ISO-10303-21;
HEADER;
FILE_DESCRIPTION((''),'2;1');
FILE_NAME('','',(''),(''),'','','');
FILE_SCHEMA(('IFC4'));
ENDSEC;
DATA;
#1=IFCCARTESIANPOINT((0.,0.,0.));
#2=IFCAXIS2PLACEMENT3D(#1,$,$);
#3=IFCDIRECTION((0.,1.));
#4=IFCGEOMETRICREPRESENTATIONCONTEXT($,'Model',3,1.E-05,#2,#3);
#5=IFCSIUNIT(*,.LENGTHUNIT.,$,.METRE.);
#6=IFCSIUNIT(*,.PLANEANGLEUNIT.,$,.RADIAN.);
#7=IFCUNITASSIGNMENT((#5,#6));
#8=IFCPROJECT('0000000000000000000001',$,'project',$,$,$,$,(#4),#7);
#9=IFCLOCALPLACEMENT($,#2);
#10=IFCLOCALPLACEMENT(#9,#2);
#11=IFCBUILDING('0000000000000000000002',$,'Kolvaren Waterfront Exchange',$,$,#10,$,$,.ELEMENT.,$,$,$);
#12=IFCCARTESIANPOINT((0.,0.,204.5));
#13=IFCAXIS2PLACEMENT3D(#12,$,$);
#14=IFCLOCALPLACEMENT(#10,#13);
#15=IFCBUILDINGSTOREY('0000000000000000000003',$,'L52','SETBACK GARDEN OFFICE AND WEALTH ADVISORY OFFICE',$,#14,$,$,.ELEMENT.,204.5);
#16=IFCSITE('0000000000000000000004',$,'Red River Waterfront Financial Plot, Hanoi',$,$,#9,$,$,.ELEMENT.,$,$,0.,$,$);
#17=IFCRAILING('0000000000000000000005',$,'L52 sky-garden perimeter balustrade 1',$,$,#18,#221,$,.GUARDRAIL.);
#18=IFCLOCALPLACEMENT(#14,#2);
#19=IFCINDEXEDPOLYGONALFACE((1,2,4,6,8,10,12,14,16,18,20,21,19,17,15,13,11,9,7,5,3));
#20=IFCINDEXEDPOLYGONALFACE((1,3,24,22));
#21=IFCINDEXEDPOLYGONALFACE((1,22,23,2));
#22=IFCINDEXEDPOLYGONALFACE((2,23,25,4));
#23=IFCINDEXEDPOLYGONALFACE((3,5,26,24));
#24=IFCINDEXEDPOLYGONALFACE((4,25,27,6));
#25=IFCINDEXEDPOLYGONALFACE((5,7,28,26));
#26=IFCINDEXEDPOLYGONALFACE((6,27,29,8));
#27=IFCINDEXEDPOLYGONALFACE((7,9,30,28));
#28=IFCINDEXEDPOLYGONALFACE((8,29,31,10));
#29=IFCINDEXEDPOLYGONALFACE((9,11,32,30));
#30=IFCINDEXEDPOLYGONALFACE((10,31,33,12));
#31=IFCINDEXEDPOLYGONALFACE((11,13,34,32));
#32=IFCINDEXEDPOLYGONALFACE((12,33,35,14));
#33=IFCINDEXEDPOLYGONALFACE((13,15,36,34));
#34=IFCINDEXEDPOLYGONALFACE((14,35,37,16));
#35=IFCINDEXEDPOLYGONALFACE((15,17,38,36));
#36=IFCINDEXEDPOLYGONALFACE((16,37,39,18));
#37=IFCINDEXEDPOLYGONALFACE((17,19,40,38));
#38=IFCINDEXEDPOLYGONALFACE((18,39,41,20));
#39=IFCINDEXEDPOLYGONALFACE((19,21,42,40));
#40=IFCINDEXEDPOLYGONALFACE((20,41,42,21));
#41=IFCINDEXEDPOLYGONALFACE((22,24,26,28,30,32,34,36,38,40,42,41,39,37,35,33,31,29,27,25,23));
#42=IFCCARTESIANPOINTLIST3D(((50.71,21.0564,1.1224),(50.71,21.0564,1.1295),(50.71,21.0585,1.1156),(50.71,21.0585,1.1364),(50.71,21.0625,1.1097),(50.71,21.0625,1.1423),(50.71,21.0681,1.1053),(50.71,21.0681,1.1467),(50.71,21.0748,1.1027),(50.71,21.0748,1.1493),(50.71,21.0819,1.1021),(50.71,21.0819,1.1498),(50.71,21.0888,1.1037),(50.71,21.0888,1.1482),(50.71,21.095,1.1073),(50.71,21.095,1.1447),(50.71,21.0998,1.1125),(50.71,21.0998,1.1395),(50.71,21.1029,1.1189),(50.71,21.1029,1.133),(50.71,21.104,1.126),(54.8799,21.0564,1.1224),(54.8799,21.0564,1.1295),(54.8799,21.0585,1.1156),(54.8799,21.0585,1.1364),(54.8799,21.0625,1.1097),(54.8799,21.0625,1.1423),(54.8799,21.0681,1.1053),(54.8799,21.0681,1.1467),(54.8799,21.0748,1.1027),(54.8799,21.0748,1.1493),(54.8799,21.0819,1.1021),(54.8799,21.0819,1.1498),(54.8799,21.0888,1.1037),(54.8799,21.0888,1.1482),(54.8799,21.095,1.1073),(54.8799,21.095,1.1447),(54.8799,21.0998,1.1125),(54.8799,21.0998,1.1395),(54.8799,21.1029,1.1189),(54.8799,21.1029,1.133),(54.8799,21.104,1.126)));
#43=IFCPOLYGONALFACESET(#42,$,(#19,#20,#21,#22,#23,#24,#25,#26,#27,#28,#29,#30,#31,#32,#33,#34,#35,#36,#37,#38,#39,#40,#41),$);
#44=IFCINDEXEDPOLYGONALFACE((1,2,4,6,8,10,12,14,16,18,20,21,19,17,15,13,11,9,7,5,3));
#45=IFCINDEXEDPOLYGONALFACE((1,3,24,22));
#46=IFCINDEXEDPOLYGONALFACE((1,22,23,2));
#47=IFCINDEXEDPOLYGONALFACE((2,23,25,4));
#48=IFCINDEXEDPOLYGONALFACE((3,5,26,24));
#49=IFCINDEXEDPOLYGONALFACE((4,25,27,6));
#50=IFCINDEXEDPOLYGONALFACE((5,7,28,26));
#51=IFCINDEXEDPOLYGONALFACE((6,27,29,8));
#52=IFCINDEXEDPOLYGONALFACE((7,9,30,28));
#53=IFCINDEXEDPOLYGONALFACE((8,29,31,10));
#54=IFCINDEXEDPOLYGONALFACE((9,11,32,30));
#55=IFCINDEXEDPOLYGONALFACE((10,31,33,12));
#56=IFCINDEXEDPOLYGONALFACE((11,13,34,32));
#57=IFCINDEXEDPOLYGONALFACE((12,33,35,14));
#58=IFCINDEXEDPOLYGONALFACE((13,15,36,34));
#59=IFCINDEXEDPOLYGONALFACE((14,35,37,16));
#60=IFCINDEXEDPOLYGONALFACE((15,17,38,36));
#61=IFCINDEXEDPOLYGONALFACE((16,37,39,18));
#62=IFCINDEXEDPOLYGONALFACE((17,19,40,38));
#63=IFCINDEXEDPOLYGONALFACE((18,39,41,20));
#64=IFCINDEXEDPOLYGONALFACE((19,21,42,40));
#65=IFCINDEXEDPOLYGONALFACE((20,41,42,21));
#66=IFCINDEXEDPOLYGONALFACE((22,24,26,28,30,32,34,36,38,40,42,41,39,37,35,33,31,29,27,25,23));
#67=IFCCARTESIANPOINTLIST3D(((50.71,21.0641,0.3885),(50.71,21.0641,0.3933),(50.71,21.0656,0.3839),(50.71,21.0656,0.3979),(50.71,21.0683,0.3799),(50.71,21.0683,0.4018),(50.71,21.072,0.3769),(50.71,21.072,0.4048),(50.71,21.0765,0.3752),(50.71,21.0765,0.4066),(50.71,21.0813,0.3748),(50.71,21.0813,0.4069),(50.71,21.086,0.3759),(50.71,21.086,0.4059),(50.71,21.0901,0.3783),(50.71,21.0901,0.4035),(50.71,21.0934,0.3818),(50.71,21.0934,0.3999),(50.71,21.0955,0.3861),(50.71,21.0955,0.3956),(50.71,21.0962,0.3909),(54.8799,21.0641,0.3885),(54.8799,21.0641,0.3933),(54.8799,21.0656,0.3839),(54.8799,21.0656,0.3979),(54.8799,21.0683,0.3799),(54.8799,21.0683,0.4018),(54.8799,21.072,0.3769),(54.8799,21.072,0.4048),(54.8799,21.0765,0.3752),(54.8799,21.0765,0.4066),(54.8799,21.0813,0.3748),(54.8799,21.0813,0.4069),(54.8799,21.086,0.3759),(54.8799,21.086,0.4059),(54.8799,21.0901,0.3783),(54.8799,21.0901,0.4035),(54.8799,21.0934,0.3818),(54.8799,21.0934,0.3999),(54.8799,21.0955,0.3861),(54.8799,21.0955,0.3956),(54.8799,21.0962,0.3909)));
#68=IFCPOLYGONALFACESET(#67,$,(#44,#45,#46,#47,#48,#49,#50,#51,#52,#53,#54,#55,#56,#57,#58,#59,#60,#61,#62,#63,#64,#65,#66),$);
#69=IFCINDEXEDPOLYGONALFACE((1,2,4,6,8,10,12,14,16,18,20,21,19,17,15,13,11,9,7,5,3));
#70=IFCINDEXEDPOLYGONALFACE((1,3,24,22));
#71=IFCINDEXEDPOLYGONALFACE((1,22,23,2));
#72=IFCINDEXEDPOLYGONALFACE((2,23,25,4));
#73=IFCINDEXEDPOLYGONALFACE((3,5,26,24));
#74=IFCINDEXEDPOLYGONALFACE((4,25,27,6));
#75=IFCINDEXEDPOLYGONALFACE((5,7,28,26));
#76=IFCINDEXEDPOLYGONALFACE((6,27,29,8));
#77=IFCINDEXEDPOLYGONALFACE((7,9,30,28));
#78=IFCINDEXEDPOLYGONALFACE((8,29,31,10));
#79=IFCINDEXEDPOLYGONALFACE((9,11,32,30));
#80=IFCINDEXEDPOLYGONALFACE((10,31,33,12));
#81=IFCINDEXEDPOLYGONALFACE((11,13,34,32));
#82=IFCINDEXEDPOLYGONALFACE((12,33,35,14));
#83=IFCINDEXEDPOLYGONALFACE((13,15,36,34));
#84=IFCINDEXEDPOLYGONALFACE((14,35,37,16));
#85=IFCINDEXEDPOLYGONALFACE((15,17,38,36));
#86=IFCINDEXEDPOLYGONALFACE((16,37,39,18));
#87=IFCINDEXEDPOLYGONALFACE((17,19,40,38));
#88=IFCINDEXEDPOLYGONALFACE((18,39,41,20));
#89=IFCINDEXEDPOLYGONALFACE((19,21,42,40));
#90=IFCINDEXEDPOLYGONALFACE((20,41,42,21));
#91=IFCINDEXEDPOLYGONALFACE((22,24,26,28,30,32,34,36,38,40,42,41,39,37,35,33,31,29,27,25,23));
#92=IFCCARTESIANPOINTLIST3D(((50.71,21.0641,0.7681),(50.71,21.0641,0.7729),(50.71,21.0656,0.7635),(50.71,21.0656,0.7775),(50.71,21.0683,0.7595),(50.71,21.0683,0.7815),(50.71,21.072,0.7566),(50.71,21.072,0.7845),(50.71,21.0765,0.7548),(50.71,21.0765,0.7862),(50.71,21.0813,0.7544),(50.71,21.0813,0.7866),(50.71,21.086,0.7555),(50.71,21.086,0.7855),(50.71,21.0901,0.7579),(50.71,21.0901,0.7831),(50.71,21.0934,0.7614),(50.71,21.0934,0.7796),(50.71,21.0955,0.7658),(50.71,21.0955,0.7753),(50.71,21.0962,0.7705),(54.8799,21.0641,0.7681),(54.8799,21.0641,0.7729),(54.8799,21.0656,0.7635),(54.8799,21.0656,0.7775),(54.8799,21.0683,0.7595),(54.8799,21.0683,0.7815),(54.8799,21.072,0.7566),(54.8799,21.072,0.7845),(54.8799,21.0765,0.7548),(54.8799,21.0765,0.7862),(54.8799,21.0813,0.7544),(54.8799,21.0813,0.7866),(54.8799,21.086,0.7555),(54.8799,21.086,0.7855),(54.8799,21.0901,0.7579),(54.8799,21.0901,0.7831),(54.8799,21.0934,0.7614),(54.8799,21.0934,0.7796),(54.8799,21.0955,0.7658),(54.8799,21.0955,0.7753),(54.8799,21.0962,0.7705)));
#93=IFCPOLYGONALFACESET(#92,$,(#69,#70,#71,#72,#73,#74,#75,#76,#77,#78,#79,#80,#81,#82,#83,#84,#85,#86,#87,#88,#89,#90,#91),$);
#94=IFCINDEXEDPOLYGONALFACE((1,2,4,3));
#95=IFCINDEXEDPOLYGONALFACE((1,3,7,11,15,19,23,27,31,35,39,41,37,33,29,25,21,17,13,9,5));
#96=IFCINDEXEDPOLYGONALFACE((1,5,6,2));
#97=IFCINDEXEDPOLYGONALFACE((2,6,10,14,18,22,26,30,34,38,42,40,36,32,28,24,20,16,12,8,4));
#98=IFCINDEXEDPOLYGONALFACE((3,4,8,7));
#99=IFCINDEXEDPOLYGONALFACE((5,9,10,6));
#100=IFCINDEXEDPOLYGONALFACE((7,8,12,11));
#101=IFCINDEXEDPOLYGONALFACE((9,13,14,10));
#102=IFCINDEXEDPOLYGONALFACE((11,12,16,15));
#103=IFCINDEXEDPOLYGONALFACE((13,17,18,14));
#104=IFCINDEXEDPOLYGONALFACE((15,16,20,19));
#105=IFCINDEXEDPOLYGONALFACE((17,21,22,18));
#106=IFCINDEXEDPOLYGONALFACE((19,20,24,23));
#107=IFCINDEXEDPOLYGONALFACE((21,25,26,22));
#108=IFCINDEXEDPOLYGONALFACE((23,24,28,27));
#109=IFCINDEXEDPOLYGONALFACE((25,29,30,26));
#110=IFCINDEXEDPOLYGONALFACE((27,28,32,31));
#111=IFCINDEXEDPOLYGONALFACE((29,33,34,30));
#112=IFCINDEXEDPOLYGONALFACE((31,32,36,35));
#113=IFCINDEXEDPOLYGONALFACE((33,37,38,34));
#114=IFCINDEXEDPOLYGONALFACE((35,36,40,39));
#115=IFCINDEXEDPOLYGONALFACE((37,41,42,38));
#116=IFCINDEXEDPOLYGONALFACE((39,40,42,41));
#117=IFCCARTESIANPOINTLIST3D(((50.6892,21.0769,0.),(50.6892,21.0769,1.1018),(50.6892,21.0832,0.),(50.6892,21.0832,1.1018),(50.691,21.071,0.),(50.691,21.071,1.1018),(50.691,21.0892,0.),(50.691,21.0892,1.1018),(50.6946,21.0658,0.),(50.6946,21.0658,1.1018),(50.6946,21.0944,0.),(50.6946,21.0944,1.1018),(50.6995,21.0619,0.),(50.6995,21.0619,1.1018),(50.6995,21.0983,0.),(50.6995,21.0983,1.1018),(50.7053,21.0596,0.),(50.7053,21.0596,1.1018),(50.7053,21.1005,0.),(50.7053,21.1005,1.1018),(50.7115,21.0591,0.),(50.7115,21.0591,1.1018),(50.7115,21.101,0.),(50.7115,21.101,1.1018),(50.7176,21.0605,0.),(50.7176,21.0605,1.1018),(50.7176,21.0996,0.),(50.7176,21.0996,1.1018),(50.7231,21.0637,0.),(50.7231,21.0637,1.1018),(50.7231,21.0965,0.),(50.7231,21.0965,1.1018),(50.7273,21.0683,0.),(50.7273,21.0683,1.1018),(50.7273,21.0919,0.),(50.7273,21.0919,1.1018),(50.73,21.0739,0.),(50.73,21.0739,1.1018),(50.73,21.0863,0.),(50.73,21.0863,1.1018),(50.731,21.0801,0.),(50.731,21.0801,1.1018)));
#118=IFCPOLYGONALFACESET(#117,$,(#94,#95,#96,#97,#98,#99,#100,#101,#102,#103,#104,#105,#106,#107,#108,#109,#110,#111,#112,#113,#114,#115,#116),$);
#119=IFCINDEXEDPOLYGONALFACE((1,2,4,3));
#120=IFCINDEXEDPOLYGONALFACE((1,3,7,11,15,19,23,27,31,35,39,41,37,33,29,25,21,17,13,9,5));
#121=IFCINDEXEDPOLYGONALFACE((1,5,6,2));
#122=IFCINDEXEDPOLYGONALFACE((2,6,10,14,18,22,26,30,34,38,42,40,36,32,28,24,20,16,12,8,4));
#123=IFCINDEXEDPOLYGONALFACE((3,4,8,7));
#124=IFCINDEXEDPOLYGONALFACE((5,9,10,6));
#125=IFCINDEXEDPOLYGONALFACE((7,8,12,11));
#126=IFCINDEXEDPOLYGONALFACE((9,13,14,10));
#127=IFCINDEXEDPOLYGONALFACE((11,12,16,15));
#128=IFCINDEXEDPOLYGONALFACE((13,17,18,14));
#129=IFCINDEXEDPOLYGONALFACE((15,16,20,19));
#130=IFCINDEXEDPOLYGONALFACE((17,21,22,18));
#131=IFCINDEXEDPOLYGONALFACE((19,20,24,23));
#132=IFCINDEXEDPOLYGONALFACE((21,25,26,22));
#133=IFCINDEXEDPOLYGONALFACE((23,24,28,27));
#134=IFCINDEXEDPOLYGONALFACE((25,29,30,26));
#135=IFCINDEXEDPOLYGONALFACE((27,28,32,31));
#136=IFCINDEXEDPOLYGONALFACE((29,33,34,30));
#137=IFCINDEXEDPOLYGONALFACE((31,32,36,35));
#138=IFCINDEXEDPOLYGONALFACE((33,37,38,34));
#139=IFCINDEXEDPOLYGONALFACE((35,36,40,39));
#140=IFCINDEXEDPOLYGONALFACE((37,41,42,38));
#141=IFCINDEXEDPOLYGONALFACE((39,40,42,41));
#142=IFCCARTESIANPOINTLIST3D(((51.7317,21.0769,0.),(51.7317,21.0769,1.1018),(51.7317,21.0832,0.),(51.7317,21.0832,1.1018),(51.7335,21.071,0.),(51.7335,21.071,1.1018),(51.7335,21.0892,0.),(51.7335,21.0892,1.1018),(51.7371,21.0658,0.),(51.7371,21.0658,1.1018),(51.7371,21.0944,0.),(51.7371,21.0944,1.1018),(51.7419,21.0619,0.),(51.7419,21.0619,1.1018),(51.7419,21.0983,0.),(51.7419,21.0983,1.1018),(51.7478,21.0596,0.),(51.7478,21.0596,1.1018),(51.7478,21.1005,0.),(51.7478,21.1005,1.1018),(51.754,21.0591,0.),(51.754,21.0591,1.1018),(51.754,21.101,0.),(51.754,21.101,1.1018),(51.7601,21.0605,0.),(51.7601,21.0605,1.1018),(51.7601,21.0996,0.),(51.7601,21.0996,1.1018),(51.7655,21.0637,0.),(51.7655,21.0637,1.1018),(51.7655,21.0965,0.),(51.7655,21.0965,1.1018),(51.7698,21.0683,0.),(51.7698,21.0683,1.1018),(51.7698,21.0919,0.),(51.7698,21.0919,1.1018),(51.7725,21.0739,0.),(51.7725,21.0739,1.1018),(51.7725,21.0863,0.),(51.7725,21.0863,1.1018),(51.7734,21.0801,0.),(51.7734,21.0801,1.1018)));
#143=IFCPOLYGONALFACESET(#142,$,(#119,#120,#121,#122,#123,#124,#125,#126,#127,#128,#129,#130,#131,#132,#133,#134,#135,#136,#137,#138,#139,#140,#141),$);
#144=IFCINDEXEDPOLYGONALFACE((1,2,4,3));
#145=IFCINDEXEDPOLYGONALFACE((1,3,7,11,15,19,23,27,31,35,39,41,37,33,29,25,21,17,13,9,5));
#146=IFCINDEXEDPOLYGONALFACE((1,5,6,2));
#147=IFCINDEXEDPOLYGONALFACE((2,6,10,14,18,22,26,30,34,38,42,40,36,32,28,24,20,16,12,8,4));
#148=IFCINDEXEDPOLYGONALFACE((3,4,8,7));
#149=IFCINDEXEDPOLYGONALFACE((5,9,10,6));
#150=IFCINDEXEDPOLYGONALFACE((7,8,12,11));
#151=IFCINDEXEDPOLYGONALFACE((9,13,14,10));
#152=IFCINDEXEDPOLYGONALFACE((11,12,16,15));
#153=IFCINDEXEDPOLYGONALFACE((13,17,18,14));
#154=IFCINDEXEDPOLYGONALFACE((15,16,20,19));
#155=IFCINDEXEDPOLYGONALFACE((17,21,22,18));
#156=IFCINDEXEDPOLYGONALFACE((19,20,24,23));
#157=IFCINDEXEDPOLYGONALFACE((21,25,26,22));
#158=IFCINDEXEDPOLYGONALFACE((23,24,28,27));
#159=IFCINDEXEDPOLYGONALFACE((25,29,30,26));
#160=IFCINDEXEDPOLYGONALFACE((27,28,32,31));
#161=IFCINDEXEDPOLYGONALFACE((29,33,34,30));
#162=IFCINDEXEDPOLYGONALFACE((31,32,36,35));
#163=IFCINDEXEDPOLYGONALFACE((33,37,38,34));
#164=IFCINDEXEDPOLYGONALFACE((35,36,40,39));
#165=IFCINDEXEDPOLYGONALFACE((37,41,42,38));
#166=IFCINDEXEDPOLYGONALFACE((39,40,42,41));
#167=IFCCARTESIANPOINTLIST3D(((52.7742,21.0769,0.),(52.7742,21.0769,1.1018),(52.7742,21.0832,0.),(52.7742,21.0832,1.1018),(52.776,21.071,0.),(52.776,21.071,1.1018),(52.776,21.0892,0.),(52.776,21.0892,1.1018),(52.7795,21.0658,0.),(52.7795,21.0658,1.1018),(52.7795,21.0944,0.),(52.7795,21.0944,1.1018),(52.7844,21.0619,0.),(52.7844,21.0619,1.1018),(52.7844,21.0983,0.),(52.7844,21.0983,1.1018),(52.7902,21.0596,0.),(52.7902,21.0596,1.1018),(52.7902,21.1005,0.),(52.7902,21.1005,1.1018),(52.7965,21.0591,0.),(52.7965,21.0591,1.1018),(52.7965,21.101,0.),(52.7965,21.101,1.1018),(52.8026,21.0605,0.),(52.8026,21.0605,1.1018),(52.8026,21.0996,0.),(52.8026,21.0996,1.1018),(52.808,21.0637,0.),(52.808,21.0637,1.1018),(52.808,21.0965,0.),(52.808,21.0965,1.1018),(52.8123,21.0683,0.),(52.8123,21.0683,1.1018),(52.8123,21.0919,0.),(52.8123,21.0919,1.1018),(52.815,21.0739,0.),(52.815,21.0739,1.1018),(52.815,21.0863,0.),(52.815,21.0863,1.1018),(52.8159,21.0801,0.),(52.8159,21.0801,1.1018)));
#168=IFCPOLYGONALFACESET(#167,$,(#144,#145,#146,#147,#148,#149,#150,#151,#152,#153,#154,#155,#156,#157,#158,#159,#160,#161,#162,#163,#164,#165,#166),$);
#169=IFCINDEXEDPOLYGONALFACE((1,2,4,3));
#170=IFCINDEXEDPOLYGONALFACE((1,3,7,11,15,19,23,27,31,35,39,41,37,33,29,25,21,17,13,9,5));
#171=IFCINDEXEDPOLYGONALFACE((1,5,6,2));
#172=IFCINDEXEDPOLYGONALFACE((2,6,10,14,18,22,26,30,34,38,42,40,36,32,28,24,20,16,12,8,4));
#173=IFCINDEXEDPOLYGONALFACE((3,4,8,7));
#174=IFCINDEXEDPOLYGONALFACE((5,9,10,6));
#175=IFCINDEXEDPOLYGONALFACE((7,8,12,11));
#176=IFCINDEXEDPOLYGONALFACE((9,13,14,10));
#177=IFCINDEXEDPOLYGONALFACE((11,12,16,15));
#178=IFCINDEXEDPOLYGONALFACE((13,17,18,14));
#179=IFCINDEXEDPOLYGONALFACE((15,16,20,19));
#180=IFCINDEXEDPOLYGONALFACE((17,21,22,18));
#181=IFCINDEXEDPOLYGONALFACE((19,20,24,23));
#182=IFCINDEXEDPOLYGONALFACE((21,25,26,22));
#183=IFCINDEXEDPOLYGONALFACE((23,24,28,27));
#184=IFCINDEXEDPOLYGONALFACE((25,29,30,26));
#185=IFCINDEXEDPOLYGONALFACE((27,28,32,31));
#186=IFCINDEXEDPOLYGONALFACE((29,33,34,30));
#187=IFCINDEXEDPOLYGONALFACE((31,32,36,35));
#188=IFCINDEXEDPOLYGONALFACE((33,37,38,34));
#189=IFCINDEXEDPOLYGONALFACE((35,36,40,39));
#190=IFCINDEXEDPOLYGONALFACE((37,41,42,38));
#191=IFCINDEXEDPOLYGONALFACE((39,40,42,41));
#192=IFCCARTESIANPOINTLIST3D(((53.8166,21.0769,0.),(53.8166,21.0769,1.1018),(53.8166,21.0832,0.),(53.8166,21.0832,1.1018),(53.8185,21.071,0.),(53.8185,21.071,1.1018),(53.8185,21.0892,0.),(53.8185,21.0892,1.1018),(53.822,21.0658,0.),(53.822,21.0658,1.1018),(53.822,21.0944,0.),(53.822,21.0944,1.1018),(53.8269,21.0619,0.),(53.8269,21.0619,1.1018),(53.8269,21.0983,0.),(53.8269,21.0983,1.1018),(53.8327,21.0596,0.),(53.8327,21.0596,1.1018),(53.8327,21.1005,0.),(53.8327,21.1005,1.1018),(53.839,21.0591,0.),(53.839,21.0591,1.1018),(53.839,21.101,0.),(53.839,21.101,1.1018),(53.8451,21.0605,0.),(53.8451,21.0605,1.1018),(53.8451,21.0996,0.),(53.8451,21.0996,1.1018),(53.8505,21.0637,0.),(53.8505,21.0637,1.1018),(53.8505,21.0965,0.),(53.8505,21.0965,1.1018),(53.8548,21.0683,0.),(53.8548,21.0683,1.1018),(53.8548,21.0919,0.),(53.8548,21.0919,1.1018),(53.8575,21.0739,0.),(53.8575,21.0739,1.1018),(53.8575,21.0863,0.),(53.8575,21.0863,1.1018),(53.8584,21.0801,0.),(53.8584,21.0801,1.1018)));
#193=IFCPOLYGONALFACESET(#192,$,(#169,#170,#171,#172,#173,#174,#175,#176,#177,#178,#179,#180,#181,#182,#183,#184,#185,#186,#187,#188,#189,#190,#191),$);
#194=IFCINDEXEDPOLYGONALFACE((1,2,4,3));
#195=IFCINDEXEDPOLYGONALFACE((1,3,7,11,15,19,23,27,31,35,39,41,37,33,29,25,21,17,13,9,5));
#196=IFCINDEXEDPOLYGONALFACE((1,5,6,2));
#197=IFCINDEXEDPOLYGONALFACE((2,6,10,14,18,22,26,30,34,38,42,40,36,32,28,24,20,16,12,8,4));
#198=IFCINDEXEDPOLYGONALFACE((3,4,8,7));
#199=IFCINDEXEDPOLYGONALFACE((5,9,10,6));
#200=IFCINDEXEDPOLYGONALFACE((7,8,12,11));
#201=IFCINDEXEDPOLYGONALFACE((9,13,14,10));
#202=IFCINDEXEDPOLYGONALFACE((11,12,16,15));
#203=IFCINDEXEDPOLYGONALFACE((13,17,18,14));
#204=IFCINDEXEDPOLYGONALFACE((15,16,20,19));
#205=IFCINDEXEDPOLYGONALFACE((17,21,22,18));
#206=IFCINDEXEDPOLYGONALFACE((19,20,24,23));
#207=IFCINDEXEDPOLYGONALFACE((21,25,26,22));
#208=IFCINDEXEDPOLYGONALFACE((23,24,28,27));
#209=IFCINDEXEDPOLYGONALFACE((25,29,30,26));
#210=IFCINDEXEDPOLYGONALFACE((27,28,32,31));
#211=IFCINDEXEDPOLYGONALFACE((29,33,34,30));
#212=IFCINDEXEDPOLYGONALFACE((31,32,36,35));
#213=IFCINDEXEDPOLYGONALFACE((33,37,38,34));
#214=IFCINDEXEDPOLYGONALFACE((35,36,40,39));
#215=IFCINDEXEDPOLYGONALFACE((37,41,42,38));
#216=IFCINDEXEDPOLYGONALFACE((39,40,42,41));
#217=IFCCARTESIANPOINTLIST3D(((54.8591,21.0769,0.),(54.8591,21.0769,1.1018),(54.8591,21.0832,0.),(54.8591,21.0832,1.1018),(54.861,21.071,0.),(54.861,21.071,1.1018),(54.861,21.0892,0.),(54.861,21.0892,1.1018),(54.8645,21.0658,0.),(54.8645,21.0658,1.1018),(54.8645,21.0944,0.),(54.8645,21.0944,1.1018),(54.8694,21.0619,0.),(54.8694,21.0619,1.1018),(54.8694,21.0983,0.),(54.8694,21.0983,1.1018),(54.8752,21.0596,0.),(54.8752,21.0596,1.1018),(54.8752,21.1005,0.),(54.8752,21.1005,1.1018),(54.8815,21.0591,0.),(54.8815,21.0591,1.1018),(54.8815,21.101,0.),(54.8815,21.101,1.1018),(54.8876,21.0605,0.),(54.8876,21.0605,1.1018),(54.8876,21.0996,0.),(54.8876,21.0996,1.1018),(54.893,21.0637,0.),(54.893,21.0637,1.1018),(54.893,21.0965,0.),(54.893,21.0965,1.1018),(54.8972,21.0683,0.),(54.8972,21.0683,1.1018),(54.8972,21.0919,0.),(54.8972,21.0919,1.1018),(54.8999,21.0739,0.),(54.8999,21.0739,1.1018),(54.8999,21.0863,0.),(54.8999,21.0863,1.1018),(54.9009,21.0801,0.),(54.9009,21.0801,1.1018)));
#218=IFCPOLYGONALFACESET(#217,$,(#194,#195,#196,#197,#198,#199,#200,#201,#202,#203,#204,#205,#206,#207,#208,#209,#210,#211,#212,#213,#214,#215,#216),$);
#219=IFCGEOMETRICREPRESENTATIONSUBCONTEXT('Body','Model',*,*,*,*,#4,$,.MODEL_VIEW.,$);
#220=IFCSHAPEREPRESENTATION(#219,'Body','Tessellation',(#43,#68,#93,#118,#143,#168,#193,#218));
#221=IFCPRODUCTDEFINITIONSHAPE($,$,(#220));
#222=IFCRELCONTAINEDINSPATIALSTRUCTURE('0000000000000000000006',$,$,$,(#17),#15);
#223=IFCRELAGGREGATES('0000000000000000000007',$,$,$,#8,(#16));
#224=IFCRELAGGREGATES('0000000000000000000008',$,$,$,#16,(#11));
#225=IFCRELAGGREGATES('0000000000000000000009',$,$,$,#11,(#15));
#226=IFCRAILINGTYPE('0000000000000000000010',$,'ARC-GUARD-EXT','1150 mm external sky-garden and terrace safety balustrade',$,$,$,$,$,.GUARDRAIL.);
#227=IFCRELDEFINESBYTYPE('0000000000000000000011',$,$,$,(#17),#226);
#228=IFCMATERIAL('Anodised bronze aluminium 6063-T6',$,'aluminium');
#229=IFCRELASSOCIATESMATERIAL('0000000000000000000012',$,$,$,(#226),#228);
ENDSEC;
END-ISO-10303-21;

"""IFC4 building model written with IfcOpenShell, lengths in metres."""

from ifc_helpers import new_model, si_unit, direction, frame, origin, origin_2d, place, context, subcontext, project, spatial, circle, extrude, material, type_object, element, save


model = new_model("IFC4")

# Units and contexts
model_context = context("Model", 3, precision=1e-05, world=origin(), true_north=direction((0.0, 1.0)))
body_context = subcontext(model_context, "Body", "Model", "MODEL_VIEW")
ifc_project = project(units=[si_unit("LENGTHUNIT", "METRE"), si_unit("PLANEANGLEUNIT", "RADIAN")], contexts=[model_context])

# Site, building, storey
site_placement = place(None, origin())
site = spatial("IfcSite", under=ifc_project, at=site_placement, Name="Red River Waterfront Financial Plot, Hanoi", CompositionType="ELEMENT", RefElevation=0.0)
building_placement = place(site_placement, origin())
building = spatial("IfcBuilding", under=site, at=building_placement, Name="Kolvaren Waterfront Exchange", CompositionType="ELEMENT")
storey_placement = place(building_placement, frame((0.0, 0.0, 204.5)))
storey = spatial("IfcBuildingStorey", under=building, at=storey_placement, Name="L52", Description="SETBACK GARDEN OFFICE AND WEALTH ADVISORY OFFICE", CompositionType="ELEMENT", Elevation=204.5)

# Shared definitions
ifc_material_1 = material(Name="Anodised bronze aluminium 6063-T6", Category="aluminium")

# Railing
railing_type = type_object("IfcRailingType", Name="ARC-GUARD-EXT", Description="1150 mm external sky-garden and terrace safety balustrade", PredefinedType="GUARDRAIL", material=ifc_material_1)
railing_1_placement = place(storey_placement, frame((50.71, 21.0801, 0.0)))
element("IfcRailing", 1, at=railing_1_placement, inside=storey, type_object=railing_type, Name="L52 sky-garden perimeter balustrade 1", PredefinedType="GUARDRAIL", context=body_context, shape_type="SweptSolid", body=[
    extrude(circle(Radius=0.0239, at=origin_2d()), frame((0.0, 0.0, 1.126), z_axis=(1.0, 0.0, 0.0), x_axis=(0.0, 1.0, 0.0)), (0.0, 0.0, 1.0), 4.1699),
    extrude(circle(Radius=0.0161, at=origin_2d()), frame((0.0, 0.0, 0.3909), z_axis=(1.0, 0.0, 0.0), x_axis=(0.0, 1.0, 0.0)), (0.0, 0.0, 1.0), 4.1699),
    extrude(circle(Radius=0.0161, at=origin_2d()), frame((0.0, 0.0, 0.7705), z_axis=(1.0, 0.0, 0.0), x_axis=(0.0, 1.0, 0.0)), (0.0, 0.0, 1.0), 4.1699),
    extrude(circle(Radius=0.021, at=origin_2d()), origin(), (0.0, 0.0, 1.0), 1.1018),
    extrude(circle(Radius=0.021, at=origin_2d()), frame((1.0425, 0.0, 0.0)), (0.0, 0.0, 1.0), 1.1018),
    extrude(circle(Radius=0.021, at=origin_2d()), frame((2.085, 0.0, 0.0)), (0.0, 0.0, 1.0), 1.1018),
    extrude(circle(Radius=0.021, at=origin_2d()), frame((3.1274, 0.0, 0.0)), (0.0, 0.0, 1.0), 1.1018),
    extrude(circle(Radius=0.021, at=origin_2d()), frame((4.1699, 0.0, 0.0)), (0.0, 0.0, 1.0), 1.1018),
])

save(model, "model.ifc")
